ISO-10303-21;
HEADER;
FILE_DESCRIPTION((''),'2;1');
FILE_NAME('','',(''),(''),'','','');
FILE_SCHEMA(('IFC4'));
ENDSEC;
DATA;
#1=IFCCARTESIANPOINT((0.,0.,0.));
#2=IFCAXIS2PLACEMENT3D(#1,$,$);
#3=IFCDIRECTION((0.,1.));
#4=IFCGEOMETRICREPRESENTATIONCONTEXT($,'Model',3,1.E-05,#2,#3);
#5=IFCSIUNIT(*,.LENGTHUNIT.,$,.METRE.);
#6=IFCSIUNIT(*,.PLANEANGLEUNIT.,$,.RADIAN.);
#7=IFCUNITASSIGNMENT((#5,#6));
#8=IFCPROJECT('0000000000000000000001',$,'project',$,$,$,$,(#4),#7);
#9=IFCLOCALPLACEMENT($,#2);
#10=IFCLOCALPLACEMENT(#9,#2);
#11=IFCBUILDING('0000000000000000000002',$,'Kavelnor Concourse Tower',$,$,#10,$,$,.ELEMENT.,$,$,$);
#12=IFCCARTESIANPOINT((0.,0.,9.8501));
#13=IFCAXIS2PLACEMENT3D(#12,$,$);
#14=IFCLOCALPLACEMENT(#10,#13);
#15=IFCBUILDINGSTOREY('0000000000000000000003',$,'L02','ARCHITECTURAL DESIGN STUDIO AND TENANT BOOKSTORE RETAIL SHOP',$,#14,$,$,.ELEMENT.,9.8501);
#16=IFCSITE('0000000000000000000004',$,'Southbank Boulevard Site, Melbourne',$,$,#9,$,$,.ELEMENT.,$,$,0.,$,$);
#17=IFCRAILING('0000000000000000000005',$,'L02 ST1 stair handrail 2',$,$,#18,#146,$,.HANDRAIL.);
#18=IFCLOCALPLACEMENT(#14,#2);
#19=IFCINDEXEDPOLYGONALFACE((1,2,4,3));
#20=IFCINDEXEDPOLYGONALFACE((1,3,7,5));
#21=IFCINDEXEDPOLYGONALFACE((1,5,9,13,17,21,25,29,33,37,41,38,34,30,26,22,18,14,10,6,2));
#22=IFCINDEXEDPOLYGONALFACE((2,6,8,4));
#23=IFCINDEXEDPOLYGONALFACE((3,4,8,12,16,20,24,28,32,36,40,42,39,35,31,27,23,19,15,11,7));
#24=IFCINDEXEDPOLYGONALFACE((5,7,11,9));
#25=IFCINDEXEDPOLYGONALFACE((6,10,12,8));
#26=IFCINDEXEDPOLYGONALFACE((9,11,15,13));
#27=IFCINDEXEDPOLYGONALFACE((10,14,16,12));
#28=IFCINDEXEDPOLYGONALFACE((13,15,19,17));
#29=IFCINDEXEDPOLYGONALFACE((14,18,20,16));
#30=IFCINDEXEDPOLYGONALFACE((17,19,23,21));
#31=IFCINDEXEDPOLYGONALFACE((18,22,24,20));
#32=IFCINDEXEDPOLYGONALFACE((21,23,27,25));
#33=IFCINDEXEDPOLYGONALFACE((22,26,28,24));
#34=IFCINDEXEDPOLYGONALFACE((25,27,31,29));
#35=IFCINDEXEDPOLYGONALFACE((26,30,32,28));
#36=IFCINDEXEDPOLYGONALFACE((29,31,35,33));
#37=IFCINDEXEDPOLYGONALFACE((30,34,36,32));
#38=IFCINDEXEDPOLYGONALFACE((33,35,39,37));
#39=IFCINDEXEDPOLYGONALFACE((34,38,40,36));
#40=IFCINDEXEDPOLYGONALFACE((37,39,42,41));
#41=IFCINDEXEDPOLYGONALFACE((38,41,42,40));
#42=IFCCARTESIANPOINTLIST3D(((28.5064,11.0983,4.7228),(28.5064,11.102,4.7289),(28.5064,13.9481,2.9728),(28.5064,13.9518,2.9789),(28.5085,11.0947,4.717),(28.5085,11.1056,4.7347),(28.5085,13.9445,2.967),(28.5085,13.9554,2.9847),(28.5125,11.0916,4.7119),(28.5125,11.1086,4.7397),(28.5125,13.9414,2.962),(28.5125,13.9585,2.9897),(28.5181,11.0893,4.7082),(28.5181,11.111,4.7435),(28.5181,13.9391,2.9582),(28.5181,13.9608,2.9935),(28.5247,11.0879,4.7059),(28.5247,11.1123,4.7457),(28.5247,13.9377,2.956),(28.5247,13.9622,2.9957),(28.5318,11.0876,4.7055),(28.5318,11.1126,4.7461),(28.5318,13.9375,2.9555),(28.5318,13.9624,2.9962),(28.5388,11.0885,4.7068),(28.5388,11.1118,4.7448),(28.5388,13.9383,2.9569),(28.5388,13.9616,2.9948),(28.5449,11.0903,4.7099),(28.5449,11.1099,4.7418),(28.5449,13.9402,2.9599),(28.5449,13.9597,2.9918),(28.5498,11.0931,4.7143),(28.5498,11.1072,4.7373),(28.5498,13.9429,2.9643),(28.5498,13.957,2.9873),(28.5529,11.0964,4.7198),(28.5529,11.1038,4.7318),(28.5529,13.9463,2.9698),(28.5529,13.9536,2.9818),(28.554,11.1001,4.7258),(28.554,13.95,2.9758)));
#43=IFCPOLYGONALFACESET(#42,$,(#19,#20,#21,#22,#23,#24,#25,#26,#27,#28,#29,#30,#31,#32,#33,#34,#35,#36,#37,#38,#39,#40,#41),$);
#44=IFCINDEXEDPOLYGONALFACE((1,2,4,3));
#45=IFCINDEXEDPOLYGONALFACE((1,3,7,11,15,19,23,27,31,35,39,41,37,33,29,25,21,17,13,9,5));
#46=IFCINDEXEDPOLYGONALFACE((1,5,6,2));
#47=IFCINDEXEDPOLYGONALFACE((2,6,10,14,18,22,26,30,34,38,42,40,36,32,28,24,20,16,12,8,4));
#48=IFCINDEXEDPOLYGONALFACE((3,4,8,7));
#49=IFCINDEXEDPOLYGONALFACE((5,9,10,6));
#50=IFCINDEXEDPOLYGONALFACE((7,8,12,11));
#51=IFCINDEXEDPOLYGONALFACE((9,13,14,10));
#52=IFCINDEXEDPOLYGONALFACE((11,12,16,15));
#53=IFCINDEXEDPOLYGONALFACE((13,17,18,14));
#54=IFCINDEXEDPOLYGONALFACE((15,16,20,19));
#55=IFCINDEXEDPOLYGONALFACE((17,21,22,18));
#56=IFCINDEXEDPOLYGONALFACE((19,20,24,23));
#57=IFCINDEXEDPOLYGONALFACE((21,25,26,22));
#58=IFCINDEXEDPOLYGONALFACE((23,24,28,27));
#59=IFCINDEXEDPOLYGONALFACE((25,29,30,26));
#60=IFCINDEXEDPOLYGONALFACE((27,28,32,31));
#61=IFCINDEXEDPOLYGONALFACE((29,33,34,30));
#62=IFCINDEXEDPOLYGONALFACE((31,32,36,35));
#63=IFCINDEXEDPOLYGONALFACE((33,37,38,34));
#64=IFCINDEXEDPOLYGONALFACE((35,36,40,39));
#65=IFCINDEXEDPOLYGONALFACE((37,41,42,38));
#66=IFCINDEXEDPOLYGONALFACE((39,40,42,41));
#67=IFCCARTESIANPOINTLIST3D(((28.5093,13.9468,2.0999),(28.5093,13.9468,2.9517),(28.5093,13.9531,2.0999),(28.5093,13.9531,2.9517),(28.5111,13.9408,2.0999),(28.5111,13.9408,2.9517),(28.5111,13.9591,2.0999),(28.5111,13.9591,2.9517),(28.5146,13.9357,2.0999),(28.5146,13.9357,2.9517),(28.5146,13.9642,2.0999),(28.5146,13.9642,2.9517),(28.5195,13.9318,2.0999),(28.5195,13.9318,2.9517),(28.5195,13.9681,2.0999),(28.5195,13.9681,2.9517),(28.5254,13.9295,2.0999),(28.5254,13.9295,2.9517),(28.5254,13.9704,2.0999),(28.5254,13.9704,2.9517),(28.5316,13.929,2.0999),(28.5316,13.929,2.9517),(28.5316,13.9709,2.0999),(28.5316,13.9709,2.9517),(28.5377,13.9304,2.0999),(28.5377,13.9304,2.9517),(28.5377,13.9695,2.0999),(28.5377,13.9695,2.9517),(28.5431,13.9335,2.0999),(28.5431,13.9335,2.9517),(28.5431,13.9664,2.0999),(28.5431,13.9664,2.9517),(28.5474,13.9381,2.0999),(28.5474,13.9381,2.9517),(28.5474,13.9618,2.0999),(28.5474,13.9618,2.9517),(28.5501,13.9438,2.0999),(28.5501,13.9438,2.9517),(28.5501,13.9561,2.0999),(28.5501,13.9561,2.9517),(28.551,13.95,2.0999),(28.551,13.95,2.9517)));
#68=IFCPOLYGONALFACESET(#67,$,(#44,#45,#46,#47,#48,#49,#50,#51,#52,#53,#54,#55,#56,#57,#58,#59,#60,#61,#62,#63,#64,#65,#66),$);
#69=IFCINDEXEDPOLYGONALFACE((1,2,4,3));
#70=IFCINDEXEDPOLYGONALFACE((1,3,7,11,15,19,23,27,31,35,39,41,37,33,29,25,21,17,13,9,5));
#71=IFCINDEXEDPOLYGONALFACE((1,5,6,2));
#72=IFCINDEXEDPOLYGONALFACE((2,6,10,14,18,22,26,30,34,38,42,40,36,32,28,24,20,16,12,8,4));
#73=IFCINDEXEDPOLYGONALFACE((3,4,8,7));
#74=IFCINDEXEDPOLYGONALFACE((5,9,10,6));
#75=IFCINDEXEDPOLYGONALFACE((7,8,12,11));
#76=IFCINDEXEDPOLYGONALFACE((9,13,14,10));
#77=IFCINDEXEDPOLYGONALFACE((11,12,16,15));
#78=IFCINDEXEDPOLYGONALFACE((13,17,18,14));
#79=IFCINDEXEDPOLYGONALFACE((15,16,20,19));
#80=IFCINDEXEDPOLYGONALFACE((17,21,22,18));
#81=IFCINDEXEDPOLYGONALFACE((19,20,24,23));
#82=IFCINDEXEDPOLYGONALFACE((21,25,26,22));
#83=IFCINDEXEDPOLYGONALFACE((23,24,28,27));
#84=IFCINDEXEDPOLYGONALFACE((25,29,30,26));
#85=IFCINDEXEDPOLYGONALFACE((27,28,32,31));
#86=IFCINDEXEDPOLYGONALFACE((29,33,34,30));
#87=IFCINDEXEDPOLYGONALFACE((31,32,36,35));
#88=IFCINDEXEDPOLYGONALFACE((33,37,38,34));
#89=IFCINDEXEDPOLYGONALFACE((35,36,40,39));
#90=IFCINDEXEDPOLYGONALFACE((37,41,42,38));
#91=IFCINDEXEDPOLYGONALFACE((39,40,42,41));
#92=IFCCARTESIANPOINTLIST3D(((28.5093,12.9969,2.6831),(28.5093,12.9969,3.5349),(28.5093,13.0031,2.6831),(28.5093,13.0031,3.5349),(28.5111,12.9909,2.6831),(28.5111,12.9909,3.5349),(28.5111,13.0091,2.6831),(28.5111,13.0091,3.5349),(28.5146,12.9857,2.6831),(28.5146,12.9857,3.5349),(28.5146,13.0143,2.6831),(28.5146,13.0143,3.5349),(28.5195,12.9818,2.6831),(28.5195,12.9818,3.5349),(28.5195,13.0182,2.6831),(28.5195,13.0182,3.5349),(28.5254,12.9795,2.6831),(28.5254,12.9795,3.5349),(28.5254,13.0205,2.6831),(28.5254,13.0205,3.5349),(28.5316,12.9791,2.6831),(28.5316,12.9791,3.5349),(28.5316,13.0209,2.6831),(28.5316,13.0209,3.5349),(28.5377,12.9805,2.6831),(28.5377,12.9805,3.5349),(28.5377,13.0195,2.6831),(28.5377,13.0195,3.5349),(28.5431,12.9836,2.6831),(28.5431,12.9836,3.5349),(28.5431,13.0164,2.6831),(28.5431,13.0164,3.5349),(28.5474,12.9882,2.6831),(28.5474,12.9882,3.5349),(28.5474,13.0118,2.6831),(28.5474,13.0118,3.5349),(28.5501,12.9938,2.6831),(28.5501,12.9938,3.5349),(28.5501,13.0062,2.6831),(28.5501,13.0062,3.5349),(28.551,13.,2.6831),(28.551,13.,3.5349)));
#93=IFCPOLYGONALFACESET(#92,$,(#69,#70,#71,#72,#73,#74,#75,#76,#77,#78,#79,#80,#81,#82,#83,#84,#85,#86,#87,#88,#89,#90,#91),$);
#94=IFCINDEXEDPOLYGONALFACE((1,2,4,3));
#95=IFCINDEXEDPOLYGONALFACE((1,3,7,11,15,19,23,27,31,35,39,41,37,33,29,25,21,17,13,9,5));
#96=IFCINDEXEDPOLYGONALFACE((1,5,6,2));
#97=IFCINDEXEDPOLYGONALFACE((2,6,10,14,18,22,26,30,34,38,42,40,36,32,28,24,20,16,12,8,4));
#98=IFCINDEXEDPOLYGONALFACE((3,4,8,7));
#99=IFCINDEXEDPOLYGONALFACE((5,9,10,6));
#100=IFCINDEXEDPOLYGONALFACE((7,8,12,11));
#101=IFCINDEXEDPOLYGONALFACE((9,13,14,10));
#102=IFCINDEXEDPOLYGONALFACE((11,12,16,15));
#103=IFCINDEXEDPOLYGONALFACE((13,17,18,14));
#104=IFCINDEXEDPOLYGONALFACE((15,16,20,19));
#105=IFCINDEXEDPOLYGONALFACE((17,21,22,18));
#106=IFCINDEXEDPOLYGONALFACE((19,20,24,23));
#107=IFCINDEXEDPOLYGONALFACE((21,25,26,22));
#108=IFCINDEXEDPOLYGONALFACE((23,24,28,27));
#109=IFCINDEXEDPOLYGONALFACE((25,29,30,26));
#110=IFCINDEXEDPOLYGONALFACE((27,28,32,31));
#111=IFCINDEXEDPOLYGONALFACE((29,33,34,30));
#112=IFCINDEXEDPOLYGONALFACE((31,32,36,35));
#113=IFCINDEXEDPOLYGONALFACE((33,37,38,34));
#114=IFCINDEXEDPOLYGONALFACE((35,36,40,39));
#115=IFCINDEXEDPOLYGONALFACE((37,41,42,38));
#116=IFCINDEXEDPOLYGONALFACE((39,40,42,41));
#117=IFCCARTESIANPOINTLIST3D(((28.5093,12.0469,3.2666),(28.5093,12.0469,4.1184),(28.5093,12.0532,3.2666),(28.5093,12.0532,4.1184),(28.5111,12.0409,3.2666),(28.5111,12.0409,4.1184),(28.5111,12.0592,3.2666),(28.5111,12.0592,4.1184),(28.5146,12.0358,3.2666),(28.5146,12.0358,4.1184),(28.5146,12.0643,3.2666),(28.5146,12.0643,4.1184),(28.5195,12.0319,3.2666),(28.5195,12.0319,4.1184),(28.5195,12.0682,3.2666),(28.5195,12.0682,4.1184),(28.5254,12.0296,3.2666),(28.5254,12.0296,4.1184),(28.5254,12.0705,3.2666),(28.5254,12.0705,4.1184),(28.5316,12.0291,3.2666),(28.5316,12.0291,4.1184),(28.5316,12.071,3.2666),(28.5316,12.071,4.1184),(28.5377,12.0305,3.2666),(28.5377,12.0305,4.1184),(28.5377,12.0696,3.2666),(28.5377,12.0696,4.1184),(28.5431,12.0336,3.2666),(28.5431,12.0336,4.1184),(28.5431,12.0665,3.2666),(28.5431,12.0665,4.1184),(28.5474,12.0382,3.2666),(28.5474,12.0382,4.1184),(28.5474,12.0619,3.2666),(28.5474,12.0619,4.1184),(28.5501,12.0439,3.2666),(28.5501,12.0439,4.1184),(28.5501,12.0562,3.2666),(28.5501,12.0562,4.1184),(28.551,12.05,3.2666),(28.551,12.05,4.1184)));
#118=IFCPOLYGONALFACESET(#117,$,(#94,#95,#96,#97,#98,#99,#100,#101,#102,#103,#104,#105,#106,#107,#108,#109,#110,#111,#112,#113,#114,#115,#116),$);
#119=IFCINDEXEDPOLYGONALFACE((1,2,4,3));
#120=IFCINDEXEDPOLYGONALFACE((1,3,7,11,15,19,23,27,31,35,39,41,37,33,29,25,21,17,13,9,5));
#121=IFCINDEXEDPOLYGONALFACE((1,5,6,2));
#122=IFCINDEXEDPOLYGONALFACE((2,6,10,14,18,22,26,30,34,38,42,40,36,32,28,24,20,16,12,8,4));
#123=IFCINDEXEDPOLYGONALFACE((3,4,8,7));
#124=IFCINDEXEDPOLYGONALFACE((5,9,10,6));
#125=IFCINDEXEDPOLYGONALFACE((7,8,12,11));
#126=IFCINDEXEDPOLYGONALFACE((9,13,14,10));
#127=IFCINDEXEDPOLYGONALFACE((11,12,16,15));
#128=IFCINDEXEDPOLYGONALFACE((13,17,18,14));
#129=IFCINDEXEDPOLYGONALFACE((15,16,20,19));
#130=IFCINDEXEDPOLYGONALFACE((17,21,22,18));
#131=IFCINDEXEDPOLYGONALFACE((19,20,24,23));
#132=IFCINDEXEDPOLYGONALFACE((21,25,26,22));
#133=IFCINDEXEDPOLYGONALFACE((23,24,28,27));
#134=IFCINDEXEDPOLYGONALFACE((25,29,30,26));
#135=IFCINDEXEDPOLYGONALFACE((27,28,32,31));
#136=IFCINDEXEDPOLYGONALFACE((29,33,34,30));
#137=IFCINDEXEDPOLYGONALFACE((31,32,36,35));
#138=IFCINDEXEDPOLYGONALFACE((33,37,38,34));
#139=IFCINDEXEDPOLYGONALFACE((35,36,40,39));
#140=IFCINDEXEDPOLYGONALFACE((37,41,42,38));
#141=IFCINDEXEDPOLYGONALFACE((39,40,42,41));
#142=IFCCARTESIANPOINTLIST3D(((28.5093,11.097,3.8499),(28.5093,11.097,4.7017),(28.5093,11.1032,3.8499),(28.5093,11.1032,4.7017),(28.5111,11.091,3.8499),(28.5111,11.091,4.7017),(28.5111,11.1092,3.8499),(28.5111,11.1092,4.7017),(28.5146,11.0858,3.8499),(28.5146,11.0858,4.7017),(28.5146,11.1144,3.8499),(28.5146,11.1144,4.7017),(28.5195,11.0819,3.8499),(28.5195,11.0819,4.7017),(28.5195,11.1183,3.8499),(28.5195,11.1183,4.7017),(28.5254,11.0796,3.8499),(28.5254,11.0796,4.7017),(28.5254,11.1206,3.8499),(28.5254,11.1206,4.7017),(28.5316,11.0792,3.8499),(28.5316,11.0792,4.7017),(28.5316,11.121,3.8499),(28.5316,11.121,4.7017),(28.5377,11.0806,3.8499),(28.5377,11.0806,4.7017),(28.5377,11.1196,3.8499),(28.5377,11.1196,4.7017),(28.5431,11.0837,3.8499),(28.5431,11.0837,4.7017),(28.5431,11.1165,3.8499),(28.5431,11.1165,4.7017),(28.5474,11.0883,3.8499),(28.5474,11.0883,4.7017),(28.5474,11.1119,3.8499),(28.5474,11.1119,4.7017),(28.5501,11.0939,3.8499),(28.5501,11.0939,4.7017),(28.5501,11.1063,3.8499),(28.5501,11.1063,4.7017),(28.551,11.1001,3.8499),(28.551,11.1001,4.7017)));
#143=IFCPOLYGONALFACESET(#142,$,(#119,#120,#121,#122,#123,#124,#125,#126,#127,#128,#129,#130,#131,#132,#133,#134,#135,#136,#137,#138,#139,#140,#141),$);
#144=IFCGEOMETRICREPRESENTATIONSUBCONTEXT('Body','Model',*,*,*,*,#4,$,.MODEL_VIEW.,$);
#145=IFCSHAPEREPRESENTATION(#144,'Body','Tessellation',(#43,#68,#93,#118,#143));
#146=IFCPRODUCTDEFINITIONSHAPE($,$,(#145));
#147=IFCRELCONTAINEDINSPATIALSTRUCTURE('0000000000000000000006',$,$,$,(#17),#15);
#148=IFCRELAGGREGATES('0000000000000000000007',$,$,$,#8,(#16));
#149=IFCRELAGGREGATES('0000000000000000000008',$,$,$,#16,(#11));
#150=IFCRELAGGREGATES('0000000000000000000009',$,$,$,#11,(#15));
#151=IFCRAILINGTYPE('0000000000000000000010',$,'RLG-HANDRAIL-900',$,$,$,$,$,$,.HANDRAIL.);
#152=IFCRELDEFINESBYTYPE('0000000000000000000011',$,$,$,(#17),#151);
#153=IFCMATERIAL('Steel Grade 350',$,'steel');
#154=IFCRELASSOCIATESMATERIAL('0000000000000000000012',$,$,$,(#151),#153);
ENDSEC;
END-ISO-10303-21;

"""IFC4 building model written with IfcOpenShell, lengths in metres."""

from ifc_helpers import new_model, si_unit, direction, frame, origin, origin_2d, place, context, subcontext, project, spatial, circle, extrude, material, type_object, element, save


model = new_model("IFC4")

# Units and contexts
model_context = context("Model", 3, precision=1e-05, world=origin(), true_north=direction((0.0, 1.0)))
body_context = subcontext(model_context, "Body", "Model", "MODEL_VIEW")
ifc_project = project(units=[si_unit("LENGTHUNIT", "METRE"), si_unit("PLANEANGLEUNIT", "RADIAN")], contexts=[model_context])

# Site, building, storey
site_placement = place(None, origin())
site = spatial("IfcSite", under=ifc_project, at=site_placement, Name="Southbank Boulevard Site, Melbourne", CompositionType="ELEMENT", RefElevation=0.0)
building_placement = place(site_placement, origin())
building = spatial("IfcBuilding", under=site, at=building_placement, Name="Kavelnor Concourse Tower", CompositionType="ELEMENT")
storey_placement = place(building_placement, frame((0.0, 0.0, 9.8501)))
storey = spatial("IfcBuildingStorey", under=building, at=storey_placement, Name="L02", Description="ARCHITECTURAL DESIGN STUDIO AND TENANT BOOKSTORE RETAIL SHOP", CompositionType="ELEMENT", Elevation=9.8501)

# Shared definitions
ifc_material_1 = material(Name="Steel Grade 350", Category="steel")

# Railing
railing_type_1 = type_object("IfcRailingType", Name="RLG-HANDRAIL-900", PredefinedType="HANDRAIL", material=ifc_material_1)
railing_1_placement = place(storey_placement, frame((28.53, 13.95, 2.0999)))
element("IfcRailing", 1, at=railing_1_placement, inside=storey, type_object=railing_type_1, Name="L02 ST1 stair handrail 2", PredefinedType="HANDRAIL", context=body_context, shape_type="SweptSolid", body=[
    extrude(circle(Radius=0.0239, at=origin_2d()), frame((0.0, 0.0, 0.876), z_axis=(0.0, -0.852159, 0.523283), x_axis=(1.0, 0.0, 0.0)), (0.0, 0.0, 1.0), 3.3442),
    extrude(circle(Radius=0.021, at=origin_2d()), origin(), (0.0, 0.0, 1.0), 0.8518),
    extrude(circle(Radius=0.021, at=origin_2d()), frame((0.0, -0.95, 0.5833)), (0.0, 0.0, 1.0), 0.8518),
    extrude(circle(Radius=0.021, at=origin_2d()), frame((0.0, -1.8999, 1.1667)), (0.0, 0.0, 1.0), 0.8518),
    extrude(circle(Radius=0.021, at=origin_2d()), frame((0.0, -2.8499, 1.75)), (0.0, 0.0, 1.0), 0.8518),
])

save(model, "model.ifc")
